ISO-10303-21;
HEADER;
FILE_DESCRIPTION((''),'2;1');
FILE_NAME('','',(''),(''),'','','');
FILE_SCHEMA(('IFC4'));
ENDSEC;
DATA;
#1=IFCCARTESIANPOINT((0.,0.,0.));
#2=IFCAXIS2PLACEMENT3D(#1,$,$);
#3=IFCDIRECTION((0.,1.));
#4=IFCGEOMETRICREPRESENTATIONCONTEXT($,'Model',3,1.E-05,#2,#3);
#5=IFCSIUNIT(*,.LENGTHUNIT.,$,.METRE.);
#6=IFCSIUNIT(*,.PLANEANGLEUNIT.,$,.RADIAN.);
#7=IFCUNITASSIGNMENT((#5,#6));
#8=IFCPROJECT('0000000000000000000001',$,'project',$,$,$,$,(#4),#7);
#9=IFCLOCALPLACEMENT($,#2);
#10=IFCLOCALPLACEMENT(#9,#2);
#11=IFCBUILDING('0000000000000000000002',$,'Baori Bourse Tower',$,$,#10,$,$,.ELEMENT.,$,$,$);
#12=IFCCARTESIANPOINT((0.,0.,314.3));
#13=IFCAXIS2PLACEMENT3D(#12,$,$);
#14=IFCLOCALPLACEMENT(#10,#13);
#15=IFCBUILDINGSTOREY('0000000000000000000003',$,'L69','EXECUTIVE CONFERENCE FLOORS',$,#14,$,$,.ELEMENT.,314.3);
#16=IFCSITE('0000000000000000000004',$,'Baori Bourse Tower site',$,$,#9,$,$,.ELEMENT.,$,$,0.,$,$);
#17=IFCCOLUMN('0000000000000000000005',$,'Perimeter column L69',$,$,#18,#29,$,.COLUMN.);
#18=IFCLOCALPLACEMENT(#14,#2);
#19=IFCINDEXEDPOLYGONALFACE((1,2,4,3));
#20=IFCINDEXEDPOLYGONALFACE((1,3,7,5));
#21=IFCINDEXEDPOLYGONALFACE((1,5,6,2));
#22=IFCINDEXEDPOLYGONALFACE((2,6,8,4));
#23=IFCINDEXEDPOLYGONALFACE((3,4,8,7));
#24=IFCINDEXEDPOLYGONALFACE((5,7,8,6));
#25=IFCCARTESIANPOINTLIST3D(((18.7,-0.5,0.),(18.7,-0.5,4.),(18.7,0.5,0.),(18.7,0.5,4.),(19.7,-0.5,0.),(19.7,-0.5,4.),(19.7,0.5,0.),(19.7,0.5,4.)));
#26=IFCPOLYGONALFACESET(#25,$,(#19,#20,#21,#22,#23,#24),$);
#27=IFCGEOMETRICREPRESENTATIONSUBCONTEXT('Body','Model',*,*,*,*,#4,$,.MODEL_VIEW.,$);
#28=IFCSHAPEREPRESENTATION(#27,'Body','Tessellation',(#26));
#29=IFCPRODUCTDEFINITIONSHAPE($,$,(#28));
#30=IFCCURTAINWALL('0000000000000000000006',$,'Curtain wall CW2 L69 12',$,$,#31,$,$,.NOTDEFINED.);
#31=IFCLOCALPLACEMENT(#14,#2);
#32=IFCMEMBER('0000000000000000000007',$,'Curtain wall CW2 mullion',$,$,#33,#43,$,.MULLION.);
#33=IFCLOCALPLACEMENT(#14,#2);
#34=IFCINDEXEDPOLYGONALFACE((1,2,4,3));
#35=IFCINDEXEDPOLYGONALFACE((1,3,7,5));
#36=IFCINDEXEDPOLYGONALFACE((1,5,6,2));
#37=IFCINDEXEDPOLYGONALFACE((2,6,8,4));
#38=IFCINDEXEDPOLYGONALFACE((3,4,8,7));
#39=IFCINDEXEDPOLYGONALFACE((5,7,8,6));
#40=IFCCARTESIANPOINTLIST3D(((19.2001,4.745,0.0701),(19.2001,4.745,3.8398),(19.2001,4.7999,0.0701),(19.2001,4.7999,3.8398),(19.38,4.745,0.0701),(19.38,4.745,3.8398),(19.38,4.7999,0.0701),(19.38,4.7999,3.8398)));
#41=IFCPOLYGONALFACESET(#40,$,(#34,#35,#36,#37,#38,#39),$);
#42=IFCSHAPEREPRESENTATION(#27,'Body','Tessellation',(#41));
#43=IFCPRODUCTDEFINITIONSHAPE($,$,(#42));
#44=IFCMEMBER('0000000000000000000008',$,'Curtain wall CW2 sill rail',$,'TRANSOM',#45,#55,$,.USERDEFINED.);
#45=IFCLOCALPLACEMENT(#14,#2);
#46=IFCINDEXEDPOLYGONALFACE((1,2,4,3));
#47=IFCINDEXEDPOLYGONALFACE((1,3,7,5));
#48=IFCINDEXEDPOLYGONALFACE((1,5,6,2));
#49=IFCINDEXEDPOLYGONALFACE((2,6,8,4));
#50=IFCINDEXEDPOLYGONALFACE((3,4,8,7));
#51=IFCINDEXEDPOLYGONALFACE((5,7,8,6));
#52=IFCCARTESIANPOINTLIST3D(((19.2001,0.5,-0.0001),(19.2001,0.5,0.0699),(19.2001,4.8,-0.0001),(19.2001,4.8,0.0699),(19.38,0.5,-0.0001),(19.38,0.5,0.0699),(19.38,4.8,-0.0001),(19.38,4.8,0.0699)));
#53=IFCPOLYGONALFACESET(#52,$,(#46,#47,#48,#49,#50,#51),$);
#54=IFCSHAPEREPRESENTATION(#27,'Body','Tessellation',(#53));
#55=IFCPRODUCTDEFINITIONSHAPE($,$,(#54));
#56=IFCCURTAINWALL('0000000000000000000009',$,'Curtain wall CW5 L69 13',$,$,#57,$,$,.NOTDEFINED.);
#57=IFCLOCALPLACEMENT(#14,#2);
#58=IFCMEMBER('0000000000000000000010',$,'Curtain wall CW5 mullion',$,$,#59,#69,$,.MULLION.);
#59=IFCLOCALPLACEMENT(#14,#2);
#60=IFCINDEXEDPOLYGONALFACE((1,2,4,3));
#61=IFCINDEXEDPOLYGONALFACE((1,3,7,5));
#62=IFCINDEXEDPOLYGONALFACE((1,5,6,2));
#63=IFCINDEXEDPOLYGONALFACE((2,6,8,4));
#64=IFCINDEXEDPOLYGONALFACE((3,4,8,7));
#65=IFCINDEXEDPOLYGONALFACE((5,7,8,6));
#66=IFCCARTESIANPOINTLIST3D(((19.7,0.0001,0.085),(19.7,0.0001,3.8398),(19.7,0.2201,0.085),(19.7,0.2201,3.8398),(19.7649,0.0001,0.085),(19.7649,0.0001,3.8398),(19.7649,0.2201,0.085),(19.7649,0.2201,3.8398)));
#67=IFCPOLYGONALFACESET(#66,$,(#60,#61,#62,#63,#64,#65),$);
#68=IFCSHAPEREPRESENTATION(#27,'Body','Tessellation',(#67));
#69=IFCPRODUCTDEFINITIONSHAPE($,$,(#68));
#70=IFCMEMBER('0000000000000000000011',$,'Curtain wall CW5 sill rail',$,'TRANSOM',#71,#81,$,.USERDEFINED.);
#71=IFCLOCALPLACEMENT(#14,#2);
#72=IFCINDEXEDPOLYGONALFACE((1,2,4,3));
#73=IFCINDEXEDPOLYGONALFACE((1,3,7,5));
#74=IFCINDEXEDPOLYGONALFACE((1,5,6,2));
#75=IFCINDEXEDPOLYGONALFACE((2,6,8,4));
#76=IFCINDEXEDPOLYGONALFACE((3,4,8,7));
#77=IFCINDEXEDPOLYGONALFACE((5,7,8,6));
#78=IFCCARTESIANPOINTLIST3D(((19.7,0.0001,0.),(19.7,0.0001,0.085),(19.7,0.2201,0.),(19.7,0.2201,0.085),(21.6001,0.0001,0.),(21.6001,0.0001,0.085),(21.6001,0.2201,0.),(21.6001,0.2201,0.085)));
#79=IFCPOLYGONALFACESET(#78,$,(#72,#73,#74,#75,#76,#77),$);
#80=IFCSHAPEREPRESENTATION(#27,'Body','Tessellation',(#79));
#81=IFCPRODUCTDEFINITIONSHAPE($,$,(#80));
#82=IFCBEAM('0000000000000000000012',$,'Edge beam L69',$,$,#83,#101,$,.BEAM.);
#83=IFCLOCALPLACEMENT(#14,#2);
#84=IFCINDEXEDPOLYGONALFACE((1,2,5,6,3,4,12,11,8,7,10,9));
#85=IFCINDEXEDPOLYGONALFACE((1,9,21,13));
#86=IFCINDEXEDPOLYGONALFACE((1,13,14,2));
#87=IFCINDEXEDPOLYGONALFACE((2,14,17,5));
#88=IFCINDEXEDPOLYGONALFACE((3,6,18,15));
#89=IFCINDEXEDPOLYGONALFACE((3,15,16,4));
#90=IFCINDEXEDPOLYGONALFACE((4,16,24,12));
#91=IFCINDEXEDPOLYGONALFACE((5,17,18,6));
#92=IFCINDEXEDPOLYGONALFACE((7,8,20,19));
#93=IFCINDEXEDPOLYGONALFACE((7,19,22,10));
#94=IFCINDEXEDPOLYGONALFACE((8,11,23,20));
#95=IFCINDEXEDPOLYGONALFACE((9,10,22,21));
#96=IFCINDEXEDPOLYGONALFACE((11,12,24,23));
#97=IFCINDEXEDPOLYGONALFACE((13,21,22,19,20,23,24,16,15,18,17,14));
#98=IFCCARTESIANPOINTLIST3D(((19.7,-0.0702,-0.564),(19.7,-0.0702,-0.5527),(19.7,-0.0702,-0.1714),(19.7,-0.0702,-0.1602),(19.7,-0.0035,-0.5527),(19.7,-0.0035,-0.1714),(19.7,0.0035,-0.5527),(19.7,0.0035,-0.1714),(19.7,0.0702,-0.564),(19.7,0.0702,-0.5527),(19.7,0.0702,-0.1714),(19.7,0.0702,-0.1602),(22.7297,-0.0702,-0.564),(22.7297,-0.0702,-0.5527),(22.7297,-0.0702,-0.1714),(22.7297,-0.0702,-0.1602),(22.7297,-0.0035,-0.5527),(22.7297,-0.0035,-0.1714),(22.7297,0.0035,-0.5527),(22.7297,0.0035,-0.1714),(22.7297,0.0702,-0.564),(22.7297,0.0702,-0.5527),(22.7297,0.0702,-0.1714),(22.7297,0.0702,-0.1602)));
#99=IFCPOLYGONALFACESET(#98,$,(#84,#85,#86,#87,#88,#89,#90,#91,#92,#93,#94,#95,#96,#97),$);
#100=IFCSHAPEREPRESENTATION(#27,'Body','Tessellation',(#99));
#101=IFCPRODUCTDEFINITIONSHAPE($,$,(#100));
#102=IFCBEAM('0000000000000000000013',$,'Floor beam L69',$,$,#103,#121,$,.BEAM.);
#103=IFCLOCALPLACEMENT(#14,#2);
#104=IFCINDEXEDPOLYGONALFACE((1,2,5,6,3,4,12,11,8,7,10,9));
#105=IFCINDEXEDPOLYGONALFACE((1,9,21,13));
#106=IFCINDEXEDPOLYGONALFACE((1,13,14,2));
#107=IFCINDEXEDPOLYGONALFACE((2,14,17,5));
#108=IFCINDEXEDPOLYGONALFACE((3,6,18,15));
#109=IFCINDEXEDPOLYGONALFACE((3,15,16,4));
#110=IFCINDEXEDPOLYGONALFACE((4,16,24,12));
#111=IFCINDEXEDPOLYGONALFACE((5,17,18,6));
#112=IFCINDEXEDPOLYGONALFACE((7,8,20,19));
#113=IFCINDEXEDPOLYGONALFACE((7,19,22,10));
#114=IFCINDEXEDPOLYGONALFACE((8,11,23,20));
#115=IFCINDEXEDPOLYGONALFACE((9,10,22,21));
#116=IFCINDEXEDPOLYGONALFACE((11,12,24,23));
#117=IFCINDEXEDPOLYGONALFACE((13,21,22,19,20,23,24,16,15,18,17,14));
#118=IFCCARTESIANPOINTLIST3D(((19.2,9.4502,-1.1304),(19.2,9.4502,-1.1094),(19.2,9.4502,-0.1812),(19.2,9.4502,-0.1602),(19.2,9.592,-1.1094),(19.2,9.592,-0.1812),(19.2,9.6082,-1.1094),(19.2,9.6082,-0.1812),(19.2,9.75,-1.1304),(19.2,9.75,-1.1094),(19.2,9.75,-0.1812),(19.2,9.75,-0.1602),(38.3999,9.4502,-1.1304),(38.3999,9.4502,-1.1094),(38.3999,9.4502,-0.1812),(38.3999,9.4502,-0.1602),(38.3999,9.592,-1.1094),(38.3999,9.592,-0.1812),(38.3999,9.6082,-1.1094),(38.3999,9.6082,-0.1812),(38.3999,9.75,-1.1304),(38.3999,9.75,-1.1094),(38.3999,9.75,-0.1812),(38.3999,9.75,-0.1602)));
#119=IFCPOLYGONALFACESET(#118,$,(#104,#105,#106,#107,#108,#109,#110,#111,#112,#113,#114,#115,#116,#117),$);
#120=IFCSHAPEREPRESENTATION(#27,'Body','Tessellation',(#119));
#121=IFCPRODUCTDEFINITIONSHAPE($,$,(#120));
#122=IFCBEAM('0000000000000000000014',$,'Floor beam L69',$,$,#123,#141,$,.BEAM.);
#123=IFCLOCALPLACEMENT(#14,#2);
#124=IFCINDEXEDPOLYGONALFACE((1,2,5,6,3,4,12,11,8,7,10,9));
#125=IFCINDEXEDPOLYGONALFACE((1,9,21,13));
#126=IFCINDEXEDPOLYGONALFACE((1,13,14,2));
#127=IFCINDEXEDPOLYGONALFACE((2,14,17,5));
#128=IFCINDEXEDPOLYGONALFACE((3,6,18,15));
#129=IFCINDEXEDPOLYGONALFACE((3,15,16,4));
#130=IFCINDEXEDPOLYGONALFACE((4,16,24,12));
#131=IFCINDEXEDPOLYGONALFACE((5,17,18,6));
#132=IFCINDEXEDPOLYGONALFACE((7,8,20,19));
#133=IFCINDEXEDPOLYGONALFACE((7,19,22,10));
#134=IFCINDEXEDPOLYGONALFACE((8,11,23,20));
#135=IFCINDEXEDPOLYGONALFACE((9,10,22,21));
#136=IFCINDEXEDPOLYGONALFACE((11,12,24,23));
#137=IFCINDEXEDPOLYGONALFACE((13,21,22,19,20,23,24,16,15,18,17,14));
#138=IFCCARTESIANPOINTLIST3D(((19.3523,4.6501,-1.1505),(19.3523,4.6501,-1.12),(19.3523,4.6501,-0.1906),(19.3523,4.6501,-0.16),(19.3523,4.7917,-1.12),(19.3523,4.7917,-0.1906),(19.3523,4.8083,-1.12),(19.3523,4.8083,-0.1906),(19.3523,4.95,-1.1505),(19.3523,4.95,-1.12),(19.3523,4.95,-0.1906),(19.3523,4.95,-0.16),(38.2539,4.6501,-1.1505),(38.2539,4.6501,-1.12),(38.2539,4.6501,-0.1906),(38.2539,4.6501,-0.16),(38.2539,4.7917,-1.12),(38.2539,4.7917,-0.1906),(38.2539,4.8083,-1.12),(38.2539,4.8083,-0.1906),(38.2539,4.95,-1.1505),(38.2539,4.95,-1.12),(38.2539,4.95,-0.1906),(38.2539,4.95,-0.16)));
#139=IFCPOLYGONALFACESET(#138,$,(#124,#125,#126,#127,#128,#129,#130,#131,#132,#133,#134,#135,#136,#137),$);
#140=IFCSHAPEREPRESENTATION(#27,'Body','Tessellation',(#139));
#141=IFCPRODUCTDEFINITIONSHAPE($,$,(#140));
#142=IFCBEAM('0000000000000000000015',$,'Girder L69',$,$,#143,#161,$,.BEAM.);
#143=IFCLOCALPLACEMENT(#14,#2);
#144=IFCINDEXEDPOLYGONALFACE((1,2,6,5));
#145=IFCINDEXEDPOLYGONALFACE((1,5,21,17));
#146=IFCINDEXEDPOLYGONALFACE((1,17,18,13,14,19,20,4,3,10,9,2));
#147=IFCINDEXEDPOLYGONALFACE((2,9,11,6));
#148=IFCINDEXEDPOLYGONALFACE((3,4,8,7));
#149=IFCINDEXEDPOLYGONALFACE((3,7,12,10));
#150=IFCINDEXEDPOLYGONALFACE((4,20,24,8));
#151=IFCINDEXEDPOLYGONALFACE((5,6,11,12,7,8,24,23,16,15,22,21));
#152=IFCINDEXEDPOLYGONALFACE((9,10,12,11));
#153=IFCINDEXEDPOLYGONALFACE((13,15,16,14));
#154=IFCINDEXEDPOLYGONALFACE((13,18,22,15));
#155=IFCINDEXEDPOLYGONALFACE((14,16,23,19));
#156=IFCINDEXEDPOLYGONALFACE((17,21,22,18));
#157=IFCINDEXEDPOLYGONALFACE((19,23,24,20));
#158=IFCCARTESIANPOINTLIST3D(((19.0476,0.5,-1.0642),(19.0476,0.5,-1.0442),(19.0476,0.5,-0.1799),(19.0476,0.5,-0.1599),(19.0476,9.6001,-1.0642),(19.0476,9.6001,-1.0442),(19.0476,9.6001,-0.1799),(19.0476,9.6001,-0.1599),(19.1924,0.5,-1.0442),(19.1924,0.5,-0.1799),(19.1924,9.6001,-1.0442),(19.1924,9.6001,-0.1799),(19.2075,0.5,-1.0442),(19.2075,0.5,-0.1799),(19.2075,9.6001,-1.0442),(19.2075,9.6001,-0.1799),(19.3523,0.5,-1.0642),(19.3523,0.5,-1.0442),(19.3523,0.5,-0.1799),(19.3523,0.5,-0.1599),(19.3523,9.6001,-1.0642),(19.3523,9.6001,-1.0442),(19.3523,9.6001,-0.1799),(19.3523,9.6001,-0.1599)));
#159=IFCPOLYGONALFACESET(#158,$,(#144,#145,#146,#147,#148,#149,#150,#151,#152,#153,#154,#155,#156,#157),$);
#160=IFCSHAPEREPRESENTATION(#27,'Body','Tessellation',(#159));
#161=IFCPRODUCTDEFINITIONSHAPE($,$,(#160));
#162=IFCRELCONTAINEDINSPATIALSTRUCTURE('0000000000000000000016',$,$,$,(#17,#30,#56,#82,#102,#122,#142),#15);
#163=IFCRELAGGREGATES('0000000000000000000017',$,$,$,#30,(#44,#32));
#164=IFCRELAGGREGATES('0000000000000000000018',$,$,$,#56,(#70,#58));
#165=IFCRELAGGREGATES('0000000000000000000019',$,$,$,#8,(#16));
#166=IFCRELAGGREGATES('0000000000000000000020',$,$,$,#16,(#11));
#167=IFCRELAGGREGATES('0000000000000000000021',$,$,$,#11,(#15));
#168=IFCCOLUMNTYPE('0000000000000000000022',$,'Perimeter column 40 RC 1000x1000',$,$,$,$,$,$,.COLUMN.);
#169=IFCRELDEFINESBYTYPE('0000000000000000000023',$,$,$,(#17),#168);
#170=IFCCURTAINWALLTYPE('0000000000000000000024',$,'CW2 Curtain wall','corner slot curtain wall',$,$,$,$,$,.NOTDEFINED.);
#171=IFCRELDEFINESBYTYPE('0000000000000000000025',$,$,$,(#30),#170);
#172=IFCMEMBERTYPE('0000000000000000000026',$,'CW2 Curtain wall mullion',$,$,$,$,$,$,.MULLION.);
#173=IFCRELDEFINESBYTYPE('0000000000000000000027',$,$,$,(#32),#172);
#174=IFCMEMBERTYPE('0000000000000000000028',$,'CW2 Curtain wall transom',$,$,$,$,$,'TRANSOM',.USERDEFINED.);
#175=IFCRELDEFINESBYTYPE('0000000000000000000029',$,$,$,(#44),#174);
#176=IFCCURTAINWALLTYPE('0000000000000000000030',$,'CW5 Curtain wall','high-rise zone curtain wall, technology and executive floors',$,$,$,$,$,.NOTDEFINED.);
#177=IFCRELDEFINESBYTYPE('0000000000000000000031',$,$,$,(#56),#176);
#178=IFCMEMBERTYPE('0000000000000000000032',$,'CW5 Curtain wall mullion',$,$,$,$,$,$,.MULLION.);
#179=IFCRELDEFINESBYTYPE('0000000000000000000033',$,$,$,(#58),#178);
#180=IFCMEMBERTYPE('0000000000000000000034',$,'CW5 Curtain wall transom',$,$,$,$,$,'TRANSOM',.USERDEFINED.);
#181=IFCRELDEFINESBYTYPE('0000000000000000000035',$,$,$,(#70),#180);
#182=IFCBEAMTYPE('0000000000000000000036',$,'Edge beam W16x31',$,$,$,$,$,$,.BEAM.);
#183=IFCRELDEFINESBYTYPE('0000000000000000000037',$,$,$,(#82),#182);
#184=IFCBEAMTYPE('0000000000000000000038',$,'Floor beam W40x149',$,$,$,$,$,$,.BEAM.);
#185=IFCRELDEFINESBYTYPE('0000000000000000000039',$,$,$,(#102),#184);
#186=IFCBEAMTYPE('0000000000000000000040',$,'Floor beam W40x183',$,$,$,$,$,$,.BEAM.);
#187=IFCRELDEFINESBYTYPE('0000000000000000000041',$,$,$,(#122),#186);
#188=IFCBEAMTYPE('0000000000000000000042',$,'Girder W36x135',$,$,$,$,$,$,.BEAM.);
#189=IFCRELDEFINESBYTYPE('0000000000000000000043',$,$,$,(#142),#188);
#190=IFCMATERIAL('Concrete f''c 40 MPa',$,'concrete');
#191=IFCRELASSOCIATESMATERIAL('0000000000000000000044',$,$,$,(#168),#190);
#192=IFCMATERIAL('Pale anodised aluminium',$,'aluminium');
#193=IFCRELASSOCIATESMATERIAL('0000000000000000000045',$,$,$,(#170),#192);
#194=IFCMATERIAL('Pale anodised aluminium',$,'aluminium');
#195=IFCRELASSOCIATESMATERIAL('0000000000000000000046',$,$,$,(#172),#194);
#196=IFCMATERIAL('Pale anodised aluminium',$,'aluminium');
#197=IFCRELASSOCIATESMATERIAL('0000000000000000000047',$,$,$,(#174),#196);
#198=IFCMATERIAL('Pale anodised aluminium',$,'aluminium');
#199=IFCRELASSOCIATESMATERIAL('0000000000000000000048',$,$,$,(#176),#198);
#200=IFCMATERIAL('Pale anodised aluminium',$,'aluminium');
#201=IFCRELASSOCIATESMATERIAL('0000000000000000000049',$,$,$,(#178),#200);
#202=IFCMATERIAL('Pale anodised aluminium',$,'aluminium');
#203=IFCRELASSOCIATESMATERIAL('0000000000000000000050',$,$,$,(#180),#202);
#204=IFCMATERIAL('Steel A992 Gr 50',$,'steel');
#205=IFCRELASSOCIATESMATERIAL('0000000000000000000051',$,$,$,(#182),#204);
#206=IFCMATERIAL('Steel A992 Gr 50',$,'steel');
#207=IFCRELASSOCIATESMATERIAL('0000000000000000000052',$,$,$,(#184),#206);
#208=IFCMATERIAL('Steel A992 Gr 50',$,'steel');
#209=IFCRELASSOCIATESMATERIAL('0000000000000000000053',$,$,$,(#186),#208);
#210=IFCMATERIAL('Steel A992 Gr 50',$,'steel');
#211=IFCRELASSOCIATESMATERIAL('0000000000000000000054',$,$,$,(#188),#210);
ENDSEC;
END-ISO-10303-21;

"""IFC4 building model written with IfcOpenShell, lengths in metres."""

from ifc_helpers import new_model, si_unit, direction, frame, origin, origin_2d, place, context, subcontext, project, spatial, rectangle, i_section, extrude, material, material_profile, profile_set, type_object, element, aggregate, save


model = new_model("IFC4")

# Units and contexts
model_context = context("Model", 3, precision=1e-05, world=origin(), true_north=direction((0.0, 1.0)))
body_context = subcontext(model_context, "Body", "Model", "MODEL_VIEW")
ifc_project = project(units=[si_unit("LENGTHUNIT", "METRE"), si_unit("PLANEANGLEUNIT", "RADIAN")], contexts=[model_context])

# Site, building, storey
site_placement = place(None, origin())
site = spatial("IfcSite", under=ifc_project, at=site_placement, Name="Baori Bourse Tower site", CompositionType="ELEMENT", RefElevation=0.0)
building_placement = place(site_placement, origin())
building = spatial("IfcBuilding", under=site, at=building_placement, Name="Baori Bourse Tower", CompositionType="ELEMENT")
storey_placement = place(building_placement, frame((0.0, 0.0, 314.3)))
storey = spatial("IfcBuildingStorey", under=building, at=storey_placement, Name="L69", Description="EXECUTIVE CONFERENCE FLOORS", CompositionType="ELEMENT", Elevation=314.3)

# Column
ifc_material_1 = material(Name="Concrete f'c 40 MPa", Category="concrete")
ifc_material_profile_1 = material_profile(ifc_material_1, rectangle(XDim=1.0, YDim=1.0, at=origin_2d()), Name="RC 1000x1000")
ifc_profile_set_1 = profile_set([ifc_material_profile_1], Name="Concrete f'c 40 MPa")
column_type = type_object("IfcColumnType", Name="Perimeter column 40 RC 1000x1000", PredefinedType="COLUMN", material=ifc_profile_set_1)
column_placement = place(storey_placement, frame((19.2, 0.0, 0.0), z_axis=(0.0, 0.0, 1.0), x_axis=(1.0, 0.0, 0.0)))
element("IfcColumn", 1, at=column_placement, inside=storey, type_object=column_type, Name="Perimeter column L69", PredefinedType="COLUMN", context=body_context, shape_type="SweptSolid", body=[
    extrude(rectangle(XDim=1.0, YDim=1.0, at=origin_2d()), origin(), (0.0, 0.0, 1.0), 4.0),
])

# Curtain walls, members
ifc_material_2 = material(Name="Pale anodised aluminium", Category="aluminium")
curtain_wall_type_1 = type_object("IfcCurtainWallType", Name="CW2 Curtain wall", Description="corner slot curtain wall", PredefinedType="NOTDEFINED", material=ifc_material_2)
curtain_wall_1_placement = place(storey_placement, origin())
curtain_wall_1 = element("IfcCurtainWall", 2, at=curtain_wall_1_placement, inside=storey, type_object=curtain_wall_type_1, Name="Curtain wall CW2 L69 12", PredefinedType="NOTDEFINED")
ifc_material_3 = material(Name="Pale anodised aluminium", Category="aluminium")
ifc_material_profile_2 = material_profile(ifc_material_3, rectangle(XDim=0.1799, YDim=0.0549, at=origin_2d()), Name="Mullion 55x180")
ifc_profile_set_2 = profile_set([ifc_material_profile_2], Name="Pale anodised aluminium")
member_type_1 = type_object("IfcMemberType", Name="CW2 Curtain wall mullion", PredefinedType="MULLION", material=ifc_profile_set_2)
member_1_placement = place(storey_placement, frame((19.29, 4.7725, 0.0701), z_axis=(0.0, 0.0, 1.0), x_axis=(1.0, 0.0, 0.0)))
member_1 = element("IfcMember", 3, at=member_1_placement, type_object=member_type_1, Name="Curtain wall CW2 mullion", PredefinedType="MULLION", context=body_context, shape_type="SweptSolid", body=[
    extrude(rectangle(XDim=0.1799, YDim=0.0549, at=origin_2d()), origin(), (0.0, 0.0, 1.0), 3.7698),
])
ifc_material_4 = material(Name="Pale anodised aluminium", Category="aluminium")
ifc_material_profile_3 = material_profile(ifc_material_4, rectangle(XDim=0.1799, YDim=0.0701, at=origin_2d()), Name="Transom 70x180")
ifc_profile_set_3 = profile_set([ifc_material_profile_3], Name="Pale anodised aluminium")
member_type_2 = type_object("IfcMemberType", Name="CW2 Curtain wall transom", ElementType="TRANSOM", PredefinedType="USERDEFINED", material=ifc_profile_set_3)
member_2_placement = place(storey_placement, frame((19.29, 4.8, 0.0349), z_axis=(0.0, -1.0, 0.0), x_axis=(1.0, 0.0, 0.0)))
member_2 = element("IfcMember", 4, at=member_2_placement, type_object=member_type_2, Name="Curtain wall CW2 sill rail", ObjectType="TRANSOM", PredefinedType="USERDEFINED", context=body_context, shape_type="SweptSolid", body=[
    extrude(rectangle(XDim=0.1799, YDim=0.0701, at=origin_2d()), origin(), (0.0, 0.0, 1.0), 4.3),
])
ifc_material_5 = material(Name="Pale anodised aluminium", Category="aluminium")
curtain_wall_type_2 = type_object("IfcCurtainWallType", Name="CW5 Curtain wall", Description="high-rise zone curtain wall, technology and executive floors", PredefinedType="NOTDEFINED", material=ifc_material_5)
curtain_wall_2_placement = place(storey_placement, origin())
curtain_wall_2 = element("IfcCurtainWall", 5, at=curtain_wall_2_placement, inside=storey, type_object=curtain_wall_type_2, Name="Curtain wall CW5 L69 13", PredefinedType="NOTDEFINED")
ifc_material_6 = material(Name="Pale anodised aluminium", Category="aluminium")
ifc_material_profile_4 = material_profile(ifc_material_6, rectangle(XDim=0.22, YDim=0.0649, at=origin_2d()), Name="Mullion 65x220")
ifc_profile_set_4 = profile_set([ifc_material_profile_4], Name="Pale anodised aluminium")
member_type_3 = type_object("IfcMemberType", Name="CW5 Curtain wall mullion", PredefinedType="MULLION", material=ifc_profile_set_4)
member_3_placement = place(storey_placement, frame((19.7324, 0.1101, 0.085), z_axis=(0.0, 0.0, 1.0), x_axis=(0.0, 1.0, 0.0)))
member_3 = element("IfcMember", 6, at=member_3_placement, type_object=member_type_3, Name="Curtain wall CW5 mullion", PredefinedType="MULLION", context=body_context, shape_type="SweptSolid", body=[
    extrude(rectangle(XDim=0.22, YDim=0.0649, at=origin_2d()), origin(), (0.0, 0.0, 1.0), 3.7549),
])
ifc_material_7 = material(Name="Pale anodised aluminium", Category="aluminium")
ifc_material_profile_5 = material_profile(ifc_material_7, rectangle(XDim=0.22, YDim=0.085, at=origin_2d()), Name="Transom 85x220")
ifc_profile_set_5 = profile_set([ifc_material_profile_5], Name="Pale anodised aluminium")
member_type_4 = type_object("IfcMemberType", Name="CW5 Curtain wall transom", ElementType="TRANSOM", PredefinedType="USERDEFINED", material=ifc_profile_set_5)
member_4_placement = place(storey_placement, frame((19.7, 0.1101, 0.0425), z_axis=(1.0, 0.0, 0.0), x_axis=(0.0, 1.0, 0.0)))
member_4 = element("IfcMember", 7, at=member_4_placement, type_object=member_type_4, Name="Curtain wall CW5 sill rail", ObjectType="TRANSOM", PredefinedType="USERDEFINED", context=body_context, shape_type="SweptSolid", body=[
    extrude(rectangle(XDim=0.22, YDim=0.085, at=origin_2d()), origin(), (0.0, 0.0, 1.0), 1.9001),
])

# Beams
ifc_material_8 = material(Name="Steel A992 Gr 50", Category="steel")
ifc_material_profile_6 = material_profile(ifc_material_8, i_section(OverallWidth=0.1404, OverallDepth=0.4038, WebThickness=0.0071, FlangeThickness=0.0112, at=origin_2d()), Name="W16x31")
ifc_profile_set_6 = profile_set([ifc_material_profile_6], Name="Steel A992 Gr 50")
beam_type_1 = type_object("IfcBeamType", Name="Edge beam W16x31", PredefinedType="BEAM", material=ifc_profile_set_6)
beam_1_placement = place(storey_placement, frame((19.7, 0.0, -0.3621), z_axis=(1.0, 0.0, 0.0), x_axis=(0.0, 1.0, 0.0)))
element("IfcBeam", 8, at=beam_1_placement, inside=storey, type_object=beam_type_1, Name="Edge beam L69", PredefinedType="BEAM", context=body_context, shape_type="SweptSolid", body=[
    extrude(i_section(OverallWidth=0.1404, OverallDepth=0.4038, WebThickness=0.0071, FlangeThickness=0.0112, at=origin_2d()), origin(), (0.0, 0.0, 1.0), 3.0298),
])
ifc_material_9 = material(Name="Steel A992 Gr 50", Category="steel")
ifc_material_profile_7 = material_profile(ifc_material_9, i_section(OverallWidth=0.2998, OverallDepth=0.9702, WebThickness=0.0161, FlangeThickness=0.021, at=origin_2d()), Name="W40x149")
ifc_profile_set_7 = profile_set([ifc_material_profile_7], Name="Steel A992 Gr 50")
beam_type_2 = type_object("IfcBeamType", Name="Floor beam W40x149", PredefinedType="BEAM", material=ifc_profile_set_7)
beam_2_placement = place(storey_placement, frame((19.2, 9.6001, -0.6453), z_axis=(1.0, 0.0, 0.0), x_axis=(0.0, 1.0, 0.0)))
element("IfcBeam", 9, at=beam_2_placement, inside=storey, type_object=beam_type_2, Name="Floor beam L69", PredefinedType="BEAM", context=body_context, shape_type="SweptSolid", body=[
    extrude(i_section(OverallWidth=0.2998, OverallDepth=0.9702, WebThickness=0.0161, FlangeThickness=0.021, at=origin_2d()), origin(), (0.0, 0.0, 1.0), 19.2),
])
ifc_material_10 = material(Name="Steel A992 Gr 50", Category="steel")
ifc_material_profile_8 = material_profile(ifc_material_10, i_section(OverallWidth=0.2998, OverallDepth=0.9905, WebThickness=0.0166, FlangeThickness=0.0305, at=origin_2d()), Name="W40x183")
ifc_profile_set_8 = profile_set([ifc_material_profile_8], Name="Steel A992 Gr 50")
beam_type_3 = type_object("IfcBeamType", Name="Floor beam W40x183", PredefinedType="BEAM", material=ifc_profile_set_8)
beam_3_placement = place(storey_placement, frame((19.3523, 4.8, -0.6553), z_axis=(1.0, 0.0, 0.0), x_axis=(0.0, 1.0, 0.0)))
element("IfcBeam", 10, at=beam_3_placement, inside=storey, type_object=beam_type_3, Name="Floor beam L69", PredefinedType="BEAM", context=body_context, shape_type="SweptSolid", body=[
    extrude(i_section(OverallWidth=0.2998, OverallDepth=0.9905, WebThickness=0.0166, FlangeThickness=0.0305, at=origin_2d()), origin(), (0.0, 0.0, 1.0), 18.9016),
])
ifc_material_11 = material(Name="Steel A992 Gr 50", Category="steel")
ifc_material_profile_9 = material_profile(ifc_material_11, i_section(OverallWidth=0.3047, OverallDepth=0.9043, WebThickness=0.0151, FlangeThickness=0.02, at=origin_2d()), Name="W36x135")
ifc_profile_set_9 = profile_set([ifc_material_profile_9], Name="Steel A992 Gr 50")
beam_type_4 = type_object("IfcBeamType", Name="Girder W36x135", PredefinedType="BEAM", material=ifc_profile_set_9)
beam_4_placement = place(storey_placement, frame((19.2, 0.5, -0.6121), z_axis=(0.0, 1.0, 0.0), x_axis=(-1.0, 0.0, 0.0)))
element("IfcBeam", 11, at=beam_4_placement, inside=storey, type_object=beam_type_4, Name="Girder L69", PredefinedType="BEAM", context=body_context, shape_type="SweptSolid", body=[
    extrude(i_section(OverallWidth=0.3047, OverallDepth=0.9043, WebThickness=0.0151, FlangeThickness=0.02, at=origin_2d()), origin(), (0.0, 0.0, 1.0), 9.1001),
])

aggregate(curtain_wall_1, [member_2, member_1])
aggregate(curtain_wall_2, [member_4, member_3])

save(model, "model.ifc")
